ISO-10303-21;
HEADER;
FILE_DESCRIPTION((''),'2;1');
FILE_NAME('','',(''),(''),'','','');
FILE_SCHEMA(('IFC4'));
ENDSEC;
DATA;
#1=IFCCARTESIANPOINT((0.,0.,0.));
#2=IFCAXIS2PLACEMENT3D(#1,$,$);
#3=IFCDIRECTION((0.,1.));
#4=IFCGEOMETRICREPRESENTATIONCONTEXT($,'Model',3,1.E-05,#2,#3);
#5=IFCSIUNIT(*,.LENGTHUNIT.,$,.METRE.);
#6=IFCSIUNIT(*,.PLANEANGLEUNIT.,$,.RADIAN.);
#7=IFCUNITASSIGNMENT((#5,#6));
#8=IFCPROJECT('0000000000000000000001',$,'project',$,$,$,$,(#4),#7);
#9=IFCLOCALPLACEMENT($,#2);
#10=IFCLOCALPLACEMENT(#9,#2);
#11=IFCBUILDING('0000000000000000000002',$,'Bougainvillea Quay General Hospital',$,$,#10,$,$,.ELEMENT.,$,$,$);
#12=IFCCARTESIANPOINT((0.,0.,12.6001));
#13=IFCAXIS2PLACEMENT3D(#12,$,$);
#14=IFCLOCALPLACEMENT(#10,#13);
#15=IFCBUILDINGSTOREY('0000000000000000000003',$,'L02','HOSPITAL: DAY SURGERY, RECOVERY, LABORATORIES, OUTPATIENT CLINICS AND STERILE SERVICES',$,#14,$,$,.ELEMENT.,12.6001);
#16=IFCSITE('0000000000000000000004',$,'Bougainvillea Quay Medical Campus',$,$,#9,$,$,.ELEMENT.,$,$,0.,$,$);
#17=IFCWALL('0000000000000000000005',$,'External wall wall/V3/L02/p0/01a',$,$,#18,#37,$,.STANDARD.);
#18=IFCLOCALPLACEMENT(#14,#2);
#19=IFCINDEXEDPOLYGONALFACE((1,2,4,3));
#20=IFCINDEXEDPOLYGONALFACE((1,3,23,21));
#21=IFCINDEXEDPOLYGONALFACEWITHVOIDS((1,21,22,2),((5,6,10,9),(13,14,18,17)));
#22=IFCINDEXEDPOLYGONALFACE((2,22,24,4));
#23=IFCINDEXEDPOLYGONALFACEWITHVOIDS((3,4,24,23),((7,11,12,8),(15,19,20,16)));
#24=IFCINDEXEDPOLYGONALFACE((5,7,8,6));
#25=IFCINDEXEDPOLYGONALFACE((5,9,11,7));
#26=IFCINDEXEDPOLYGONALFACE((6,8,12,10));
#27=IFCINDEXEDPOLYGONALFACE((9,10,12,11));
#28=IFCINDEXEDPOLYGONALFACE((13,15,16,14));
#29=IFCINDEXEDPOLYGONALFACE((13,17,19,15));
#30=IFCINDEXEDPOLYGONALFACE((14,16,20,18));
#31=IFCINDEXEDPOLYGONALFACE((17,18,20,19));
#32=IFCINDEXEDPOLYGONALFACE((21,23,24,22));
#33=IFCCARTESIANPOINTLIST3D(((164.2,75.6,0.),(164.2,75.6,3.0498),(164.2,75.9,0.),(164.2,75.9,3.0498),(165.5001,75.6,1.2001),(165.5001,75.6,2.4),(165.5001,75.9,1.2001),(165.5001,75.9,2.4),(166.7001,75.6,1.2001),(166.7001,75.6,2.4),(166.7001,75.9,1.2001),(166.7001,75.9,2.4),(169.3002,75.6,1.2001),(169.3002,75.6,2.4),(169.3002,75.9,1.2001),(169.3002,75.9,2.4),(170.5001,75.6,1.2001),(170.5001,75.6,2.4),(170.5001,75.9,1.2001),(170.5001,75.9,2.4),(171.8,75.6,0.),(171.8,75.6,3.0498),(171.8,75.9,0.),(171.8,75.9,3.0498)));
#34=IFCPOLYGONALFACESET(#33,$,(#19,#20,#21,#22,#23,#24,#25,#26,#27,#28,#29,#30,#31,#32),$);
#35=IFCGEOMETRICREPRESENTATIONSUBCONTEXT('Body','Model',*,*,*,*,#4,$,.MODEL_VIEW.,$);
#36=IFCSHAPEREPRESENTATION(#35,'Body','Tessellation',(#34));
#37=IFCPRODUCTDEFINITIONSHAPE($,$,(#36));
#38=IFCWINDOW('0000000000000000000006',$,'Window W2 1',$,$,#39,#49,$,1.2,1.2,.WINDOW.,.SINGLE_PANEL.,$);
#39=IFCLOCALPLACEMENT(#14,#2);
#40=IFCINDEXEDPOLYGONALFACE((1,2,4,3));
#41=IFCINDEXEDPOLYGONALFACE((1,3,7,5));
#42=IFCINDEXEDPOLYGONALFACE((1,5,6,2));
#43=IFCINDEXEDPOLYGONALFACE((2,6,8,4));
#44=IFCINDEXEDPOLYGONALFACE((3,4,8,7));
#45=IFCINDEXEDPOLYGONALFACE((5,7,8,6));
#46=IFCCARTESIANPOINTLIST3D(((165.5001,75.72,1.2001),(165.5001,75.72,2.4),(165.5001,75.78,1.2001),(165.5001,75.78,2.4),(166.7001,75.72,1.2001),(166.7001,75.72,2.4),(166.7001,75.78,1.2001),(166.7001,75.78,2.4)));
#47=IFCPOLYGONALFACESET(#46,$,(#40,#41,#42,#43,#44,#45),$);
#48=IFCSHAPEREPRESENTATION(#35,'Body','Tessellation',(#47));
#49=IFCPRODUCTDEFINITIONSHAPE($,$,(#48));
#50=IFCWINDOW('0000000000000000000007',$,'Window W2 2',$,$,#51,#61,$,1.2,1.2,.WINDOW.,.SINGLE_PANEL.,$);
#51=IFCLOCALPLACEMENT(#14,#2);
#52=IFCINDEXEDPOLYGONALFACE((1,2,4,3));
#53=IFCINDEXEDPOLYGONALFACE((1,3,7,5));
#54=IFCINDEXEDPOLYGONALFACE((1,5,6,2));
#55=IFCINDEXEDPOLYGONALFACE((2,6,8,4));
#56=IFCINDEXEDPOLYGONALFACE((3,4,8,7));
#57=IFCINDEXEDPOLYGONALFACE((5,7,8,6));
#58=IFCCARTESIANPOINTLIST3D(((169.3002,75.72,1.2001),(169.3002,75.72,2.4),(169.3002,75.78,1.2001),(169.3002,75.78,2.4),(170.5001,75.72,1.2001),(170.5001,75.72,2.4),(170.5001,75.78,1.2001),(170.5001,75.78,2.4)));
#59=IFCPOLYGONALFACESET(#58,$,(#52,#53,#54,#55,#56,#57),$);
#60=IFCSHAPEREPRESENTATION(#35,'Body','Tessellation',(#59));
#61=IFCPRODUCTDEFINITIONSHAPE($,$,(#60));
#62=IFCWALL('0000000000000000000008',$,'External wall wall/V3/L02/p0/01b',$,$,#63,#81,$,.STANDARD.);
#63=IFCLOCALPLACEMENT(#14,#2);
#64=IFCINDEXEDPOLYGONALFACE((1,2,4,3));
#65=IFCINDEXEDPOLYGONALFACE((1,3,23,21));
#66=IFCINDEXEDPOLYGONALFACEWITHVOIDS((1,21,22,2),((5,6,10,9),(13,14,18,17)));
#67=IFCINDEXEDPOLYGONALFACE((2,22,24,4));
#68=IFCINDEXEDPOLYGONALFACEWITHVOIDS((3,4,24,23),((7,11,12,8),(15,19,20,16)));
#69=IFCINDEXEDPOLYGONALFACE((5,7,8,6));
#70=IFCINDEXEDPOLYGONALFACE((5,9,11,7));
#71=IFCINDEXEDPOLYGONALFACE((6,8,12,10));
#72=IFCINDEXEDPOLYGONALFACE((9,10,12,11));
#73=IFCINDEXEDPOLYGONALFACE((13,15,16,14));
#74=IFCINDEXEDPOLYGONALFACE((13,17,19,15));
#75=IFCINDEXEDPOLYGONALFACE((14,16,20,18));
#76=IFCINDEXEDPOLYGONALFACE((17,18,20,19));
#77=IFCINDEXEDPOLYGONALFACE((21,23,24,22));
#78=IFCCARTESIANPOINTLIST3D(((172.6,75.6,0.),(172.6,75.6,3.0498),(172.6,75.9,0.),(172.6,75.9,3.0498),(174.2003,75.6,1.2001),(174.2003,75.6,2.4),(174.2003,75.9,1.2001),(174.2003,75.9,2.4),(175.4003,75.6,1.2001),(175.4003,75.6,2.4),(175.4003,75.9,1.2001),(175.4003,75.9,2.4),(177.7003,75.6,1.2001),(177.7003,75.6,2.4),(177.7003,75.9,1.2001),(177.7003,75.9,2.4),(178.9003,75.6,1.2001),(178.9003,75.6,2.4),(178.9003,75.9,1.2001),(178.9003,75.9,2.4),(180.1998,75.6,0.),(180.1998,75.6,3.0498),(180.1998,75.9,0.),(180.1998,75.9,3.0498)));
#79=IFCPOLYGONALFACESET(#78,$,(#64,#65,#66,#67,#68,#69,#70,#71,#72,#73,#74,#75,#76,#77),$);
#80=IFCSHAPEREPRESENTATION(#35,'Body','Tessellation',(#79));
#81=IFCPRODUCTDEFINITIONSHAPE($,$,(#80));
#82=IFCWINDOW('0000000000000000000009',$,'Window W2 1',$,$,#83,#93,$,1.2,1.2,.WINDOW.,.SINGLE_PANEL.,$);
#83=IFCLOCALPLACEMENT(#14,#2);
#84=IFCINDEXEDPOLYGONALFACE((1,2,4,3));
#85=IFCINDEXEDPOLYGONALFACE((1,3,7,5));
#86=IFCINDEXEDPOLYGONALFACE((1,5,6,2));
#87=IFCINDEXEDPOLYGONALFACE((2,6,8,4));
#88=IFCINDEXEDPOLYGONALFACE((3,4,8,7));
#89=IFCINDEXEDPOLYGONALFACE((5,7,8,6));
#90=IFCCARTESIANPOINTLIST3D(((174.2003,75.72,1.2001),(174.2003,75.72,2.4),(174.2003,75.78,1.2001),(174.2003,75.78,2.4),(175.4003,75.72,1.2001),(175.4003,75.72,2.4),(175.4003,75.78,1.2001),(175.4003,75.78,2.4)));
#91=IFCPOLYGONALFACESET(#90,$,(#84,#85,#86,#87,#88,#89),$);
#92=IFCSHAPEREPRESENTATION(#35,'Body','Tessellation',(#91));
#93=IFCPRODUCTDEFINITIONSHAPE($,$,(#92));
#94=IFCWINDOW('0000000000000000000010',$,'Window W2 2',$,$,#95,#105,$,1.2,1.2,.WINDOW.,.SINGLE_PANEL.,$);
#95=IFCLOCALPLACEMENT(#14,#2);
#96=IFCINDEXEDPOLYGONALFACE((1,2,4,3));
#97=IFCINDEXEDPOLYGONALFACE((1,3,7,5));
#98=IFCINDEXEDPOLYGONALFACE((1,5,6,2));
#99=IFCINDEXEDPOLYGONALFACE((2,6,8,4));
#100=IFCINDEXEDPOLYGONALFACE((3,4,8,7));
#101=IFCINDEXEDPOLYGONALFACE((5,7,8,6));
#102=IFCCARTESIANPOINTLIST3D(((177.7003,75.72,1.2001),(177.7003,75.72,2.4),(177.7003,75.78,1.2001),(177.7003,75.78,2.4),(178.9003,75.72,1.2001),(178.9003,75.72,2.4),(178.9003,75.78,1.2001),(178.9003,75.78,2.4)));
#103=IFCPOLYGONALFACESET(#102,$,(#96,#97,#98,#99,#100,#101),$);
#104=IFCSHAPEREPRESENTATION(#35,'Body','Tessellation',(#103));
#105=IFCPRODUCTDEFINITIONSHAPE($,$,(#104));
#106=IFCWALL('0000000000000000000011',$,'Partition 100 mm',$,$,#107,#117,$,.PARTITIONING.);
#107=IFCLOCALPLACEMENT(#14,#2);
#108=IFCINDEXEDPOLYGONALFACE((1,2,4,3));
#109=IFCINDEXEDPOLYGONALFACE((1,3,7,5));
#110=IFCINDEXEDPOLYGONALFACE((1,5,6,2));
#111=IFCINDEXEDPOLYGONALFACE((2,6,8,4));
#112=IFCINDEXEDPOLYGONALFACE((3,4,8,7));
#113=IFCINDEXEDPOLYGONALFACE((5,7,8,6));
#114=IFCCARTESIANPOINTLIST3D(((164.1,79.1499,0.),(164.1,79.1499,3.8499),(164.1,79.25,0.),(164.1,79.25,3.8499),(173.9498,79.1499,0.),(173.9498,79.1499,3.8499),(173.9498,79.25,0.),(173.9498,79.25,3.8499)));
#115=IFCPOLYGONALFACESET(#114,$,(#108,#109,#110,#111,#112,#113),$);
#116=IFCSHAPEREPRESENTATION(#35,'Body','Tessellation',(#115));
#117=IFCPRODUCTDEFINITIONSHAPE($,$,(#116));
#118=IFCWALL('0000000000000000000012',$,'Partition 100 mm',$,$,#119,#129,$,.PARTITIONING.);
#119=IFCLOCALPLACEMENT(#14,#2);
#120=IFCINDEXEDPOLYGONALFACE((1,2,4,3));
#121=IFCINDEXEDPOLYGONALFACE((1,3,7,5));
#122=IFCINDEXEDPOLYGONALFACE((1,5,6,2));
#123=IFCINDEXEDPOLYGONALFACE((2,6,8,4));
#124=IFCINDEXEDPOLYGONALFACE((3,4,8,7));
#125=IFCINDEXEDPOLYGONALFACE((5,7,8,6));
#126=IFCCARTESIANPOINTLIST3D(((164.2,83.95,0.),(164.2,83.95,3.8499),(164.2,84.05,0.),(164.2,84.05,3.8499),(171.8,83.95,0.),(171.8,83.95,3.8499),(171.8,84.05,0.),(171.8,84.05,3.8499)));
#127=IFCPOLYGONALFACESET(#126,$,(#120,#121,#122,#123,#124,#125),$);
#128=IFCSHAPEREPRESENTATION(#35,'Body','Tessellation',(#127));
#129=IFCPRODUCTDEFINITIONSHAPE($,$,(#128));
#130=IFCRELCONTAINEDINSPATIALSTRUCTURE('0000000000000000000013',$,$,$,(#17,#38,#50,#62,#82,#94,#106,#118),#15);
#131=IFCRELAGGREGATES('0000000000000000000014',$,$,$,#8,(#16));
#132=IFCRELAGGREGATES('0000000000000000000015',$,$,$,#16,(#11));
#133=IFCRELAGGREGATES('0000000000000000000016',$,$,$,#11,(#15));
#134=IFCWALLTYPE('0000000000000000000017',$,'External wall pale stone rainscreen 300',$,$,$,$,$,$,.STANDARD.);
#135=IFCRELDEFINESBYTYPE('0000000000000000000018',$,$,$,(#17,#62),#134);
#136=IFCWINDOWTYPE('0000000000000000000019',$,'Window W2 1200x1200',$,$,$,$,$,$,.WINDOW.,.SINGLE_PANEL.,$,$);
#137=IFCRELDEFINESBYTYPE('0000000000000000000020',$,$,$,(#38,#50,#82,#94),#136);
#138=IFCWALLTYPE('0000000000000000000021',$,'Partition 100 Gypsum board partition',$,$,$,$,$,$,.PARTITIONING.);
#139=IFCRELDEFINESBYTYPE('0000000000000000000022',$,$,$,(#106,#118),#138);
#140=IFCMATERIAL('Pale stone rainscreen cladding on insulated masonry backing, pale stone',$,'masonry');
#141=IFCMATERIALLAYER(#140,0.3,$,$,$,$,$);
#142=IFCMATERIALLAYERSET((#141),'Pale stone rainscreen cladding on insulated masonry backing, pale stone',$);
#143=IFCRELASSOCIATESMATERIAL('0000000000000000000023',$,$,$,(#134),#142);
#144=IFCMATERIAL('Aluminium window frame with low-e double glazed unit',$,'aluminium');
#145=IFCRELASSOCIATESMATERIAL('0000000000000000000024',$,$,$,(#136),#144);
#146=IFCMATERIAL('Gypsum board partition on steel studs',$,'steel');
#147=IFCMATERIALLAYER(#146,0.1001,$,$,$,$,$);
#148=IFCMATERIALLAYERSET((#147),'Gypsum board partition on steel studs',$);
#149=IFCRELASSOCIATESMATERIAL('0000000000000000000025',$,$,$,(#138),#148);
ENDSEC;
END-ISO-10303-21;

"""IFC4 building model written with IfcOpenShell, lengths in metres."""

from ifc_helpers import new_model, si_unit, direction, frame, frame_2d, origin, place, context, subcontext, project, spatial, rectangle, extrude, material, layer, layer_set, type_object, element, fill, save


model = new_model("IFC4")

# Units and contexts
model_context = context("Model", 3, precision=1e-05, world=origin(), true_north=direction((0.0, 1.0)))
body_context = subcontext(model_context, "Body", "Model", "MODEL_VIEW")
ifc_project = project(units=[si_unit("LENGTHUNIT", "METRE"), si_unit("PLANEANGLEUNIT", "RADIAN")], contexts=[model_context])

# Site, building, storey
site_placement = place(None, origin())
site = spatial("IfcSite", under=ifc_project, at=site_placement, Name="Bougainvillea Quay Medical Campus", CompositionType="ELEMENT", RefElevation=0.0)
building_placement = place(site_placement, origin())
building = spatial("IfcBuilding", under=site, at=building_placement, Name="Bougainvillea Quay General Hospital", CompositionType="ELEMENT")
storey_placement = place(building_placement, frame((0.0, 0.0, 12.6001)))
storey = spatial("IfcBuildingStorey", under=building, at=storey_placement, Name="L02", Description="HOSPITAL: DAY SURGERY, RECOVERY, LABORATORIES, OUTPATIENT CLINICS AND STERILE SERVICES", CompositionType="ELEMENT", Elevation=12.6001)

# Walls, openings, windows
ifc_material_1 = material(Name="Pale stone rainscreen cladding on insulated masonry backing, pale stone", Category="masonry")
ifc_layer_1 = layer(ifc_material_1, 0.3)
ifc_layer_set_1 = layer_set([ifc_layer_1], Name="Pale stone rainscreen cladding on insulated masonry backing, pale stone")
wall_type_1 = type_object("IfcWallType", Name="External wall pale stone rainscreen 300", PredefinedType="STANDARD", material=ifc_layer_set_1)
ifc_material_2 = material(Name="Aluminium window frame with low-e double glazed unit", Category="aluminium")
window_type = type_object("IfcWindowType", Name="Window W2 1200x1200", PartitioningType="SINGLE_PANEL", PredefinedType="WINDOW", material=ifc_material_2)
wall_1_placement = place(storey_placement, frame((164.2, 75.75, 0.0), z_axis=(0.0, 0.0, 1.0), x_axis=(1.0, 0.0, 0.0)))
wall_1 = element("IfcWall", 1, at=wall_1_placement, inside=storey, type_object=wall_type_1, Name="External wall wall/V3/L02/p0/01a", PredefinedType="STANDARD", context=body_context, shape_type="SweptSolid", body=[
    extrude(rectangle(XDim=7.6001, YDim=0.3, at=frame_2d((3.8, 0.0))), origin(), (0.0, 0.0, 1.0), 3.0498),
])
opening_1_placement = place(wall_1_placement, frame((1.3, 0.0, 1.2)))
opening_1 = element("IfcOpeningElement", 2, at=opening_1_placement, cuts=wall_1, PredefinedType="OPENING", context=body_context, shape_type="SweptSolid", body=[
    extrude(rectangle(XDim=1.2, YDim=1.2, at=frame_2d((0.6001, 0.6001))), frame((0.0, 0.1599, 0.0), z_axis=(0.0, -1.0, 0.0), x_axis=(1.0, 0.0, 0.0)), (0.0, 0.0, 1.0), 0.3201),
])
opening_2_placement = place(wall_1_placement, frame((5.1001, 0.0, 1.2)))
opening_2 = element("IfcOpeningElement", 3, at=opening_2_placement, cuts=wall_1, PredefinedType="OPENING", context=body_context, shape_type="SweptSolid", body=[
    extrude(rectangle(XDim=1.2, YDim=1.2, at=frame_2d((0.6001, 0.6001))), frame((0.0, 0.1599, 0.0), z_axis=(0.0, -1.0, 0.0), x_axis=(1.0, 0.0, 0.0)), (0.0, 0.0, 1.0), 0.3201),
])
window_1_placement = place(opening_1_placement, origin())
window_1 = element("IfcWindow", 4, at=window_1_placement, inside=storey, type_object=window_type, Name="Window W2 1", OverallHeight=1.2, OverallWidth=1.2, PartitioningType="SINGLE_PANEL", PredefinedType="WINDOW", context=body_context, shape_type="SweptSolid", body=[
    extrude(rectangle(XDim=1.2, YDim=1.2, at=frame_2d((0.6001, 0.6001))), frame((0.0, 0.03, 0.0), z_axis=(0.0, -1.0, 0.0), x_axis=(1.0, 0.0, 0.0)), (0.0, 0.0, 1.0), 0.0601),
])
fill(opening_1, window_1)
window_2_placement = place(opening_2_placement, origin())
window_2 = element("IfcWindow", 5, at=window_2_placement, inside=storey, type_object=window_type, Name="Window W2 2", OverallHeight=1.2, OverallWidth=1.2, PartitioningType="SINGLE_PANEL", PredefinedType="WINDOW", context=body_context, shape_type="SweptSolid", body=[
    extrude(rectangle(XDim=1.2, YDim=1.2, at=frame_2d((0.6001, 0.6001))), frame((0.0, 0.03, 0.0), z_axis=(0.0, -1.0, 0.0), x_axis=(1.0, 0.0, 0.0)), (0.0, 0.0, 1.0), 0.0601),
])
fill(opening_2, window_2)
wall_2_placement = place(storey_placement, frame((172.6001, 75.75, 0.0), z_axis=(0.0, 0.0, 1.0), x_axis=(1.0, 0.0, 0.0)))
wall_2 = element("IfcWall", 6, at=wall_2_placement, inside=storey, type_object=wall_type_1, Name="External wall wall/V3/L02/p0/01b", PredefinedType="STANDARD", context=body_context, shape_type="SweptSolid", body=[
    extrude(rectangle(XDim=7.5999, YDim=0.3, at=frame_2d((3.7998, 0.0))), origin(), (0.0, 0.0, 1.0), 3.0498),
])
opening_3_placement = place(wall_2_placement, frame((1.6001, 0.0, 1.2)))
opening_3 = element("IfcOpeningElement", 7, at=opening_3_placement, cuts=wall_2, PredefinedType="OPENING", context=body_context, shape_type="SweptSolid", body=[
    extrude(rectangle(XDim=1.2, YDim=1.2, at=frame_2d((0.6001, 0.6001))), frame((0.0, 0.1599, 0.0), z_axis=(0.0, -1.0, 0.0), x_axis=(1.0, 0.0, 0.0)), (0.0, 0.0, 1.0), 0.3201),
])
opening_4_placement = place(wall_2_placement, frame((5.1001, 0.0, 1.2)))
opening_4 = element("IfcOpeningElement", 8, at=opening_4_placement, cuts=wall_2, PredefinedType="OPENING", context=body_context, shape_type="SweptSolid", body=[
    extrude(rectangle(XDim=1.2, YDim=1.2, at=frame_2d((0.6001, 0.6001))), frame((0.0, 0.1599, 0.0), z_axis=(0.0, -1.0, 0.0), x_axis=(1.0, 0.0, 0.0)), (0.0, 0.0, 1.0), 0.3201),
])
window_3_placement = place(opening_3_placement, origin())
window_3 = element("IfcWindow", 9, at=window_3_placement, inside=storey, type_object=window_type, Name="Window W2 1", OverallHeight=1.2, OverallWidth=1.2, PartitioningType="SINGLE_PANEL", PredefinedType="WINDOW", context=body_context, shape_type="SweptSolid", body=[
    extrude(rectangle(XDim=1.2, YDim=1.2, at=frame_2d((0.6001, 0.6001))), frame((0.0, 0.03, 0.0), z_axis=(0.0, -1.0, 0.0), x_axis=(1.0, 0.0, 0.0)), (0.0, 0.0, 1.0), 0.0601),
])
fill(opening_3, window_3)
window_4_placement = place(opening_4_placement, origin())
window_4 = element("IfcWindow", 10, at=window_4_placement, inside=storey, type_object=window_type, Name="Window W2 2", OverallHeight=1.2, OverallWidth=1.2, PartitioningType="SINGLE_PANEL", PredefinedType="WINDOW", context=body_context, shape_type="SweptSolid", body=[
    extrude(rectangle(XDim=1.2, YDim=1.2, at=frame_2d((0.6001, 0.6001))), frame((0.0, 0.03, 0.0), z_axis=(0.0, -1.0, 0.0), x_axis=(1.0, 0.0, 0.0)), (0.0, 0.0, 1.0), 0.0601),
])
fill(opening_4, window_4)

# Walls
ifc_material_3 = material(Name="Gypsum board partition on steel studs", Category="steel")
ifc_layer_2 = layer(ifc_material_3, 0.1001)
ifc_layer_set_2 = layer_set([ifc_layer_2], Name="Gypsum board partition on steel studs")
wall_type_2 = type_object("IfcWallType", Name="Partition 100 Gypsum board partition", PredefinedType="PARTITIONING", material=ifc_layer_set_2)
wall_3_placement = place(storey_placement, frame((164.1001, 79.2, 0.0), z_axis=(0.0, 0.0, 1.0), x_axis=(1.0, 0.0, 0.0)))
element("IfcWall", 11, at=wall_3_placement, inside=storey, type_object=wall_type_2, Name="Partition 100 mm", PredefinedType="PARTITIONING", context=body_context, shape_type="SweptSolid", body=[
    extrude(rectangle(XDim=9.8499, YDim=0.1001, at=frame_2d((4.9248, 0.0))), origin(), (0.0, 0.0, 1.0), 3.8499),
])
wall_4_placement = place(storey_placement, frame((164.2, 84.0, 0.0), z_axis=(0.0, 0.0, 1.0), x_axis=(1.0, 0.0, 0.0)))
element("IfcWall", 12, at=wall_4_placement, inside=storey, type_object=wall_type_2, Name="Partition 100 mm", PredefinedType="PARTITIONING", context=body_context, shape_type="SweptSolid", body=[
    extrude(rectangle(XDim=7.6001, YDim=0.1001, at=frame_2d((3.8, 0.0))), origin(), (0.0, 0.0, 1.0), 3.8499),
])

save(model, "model.ifc")
